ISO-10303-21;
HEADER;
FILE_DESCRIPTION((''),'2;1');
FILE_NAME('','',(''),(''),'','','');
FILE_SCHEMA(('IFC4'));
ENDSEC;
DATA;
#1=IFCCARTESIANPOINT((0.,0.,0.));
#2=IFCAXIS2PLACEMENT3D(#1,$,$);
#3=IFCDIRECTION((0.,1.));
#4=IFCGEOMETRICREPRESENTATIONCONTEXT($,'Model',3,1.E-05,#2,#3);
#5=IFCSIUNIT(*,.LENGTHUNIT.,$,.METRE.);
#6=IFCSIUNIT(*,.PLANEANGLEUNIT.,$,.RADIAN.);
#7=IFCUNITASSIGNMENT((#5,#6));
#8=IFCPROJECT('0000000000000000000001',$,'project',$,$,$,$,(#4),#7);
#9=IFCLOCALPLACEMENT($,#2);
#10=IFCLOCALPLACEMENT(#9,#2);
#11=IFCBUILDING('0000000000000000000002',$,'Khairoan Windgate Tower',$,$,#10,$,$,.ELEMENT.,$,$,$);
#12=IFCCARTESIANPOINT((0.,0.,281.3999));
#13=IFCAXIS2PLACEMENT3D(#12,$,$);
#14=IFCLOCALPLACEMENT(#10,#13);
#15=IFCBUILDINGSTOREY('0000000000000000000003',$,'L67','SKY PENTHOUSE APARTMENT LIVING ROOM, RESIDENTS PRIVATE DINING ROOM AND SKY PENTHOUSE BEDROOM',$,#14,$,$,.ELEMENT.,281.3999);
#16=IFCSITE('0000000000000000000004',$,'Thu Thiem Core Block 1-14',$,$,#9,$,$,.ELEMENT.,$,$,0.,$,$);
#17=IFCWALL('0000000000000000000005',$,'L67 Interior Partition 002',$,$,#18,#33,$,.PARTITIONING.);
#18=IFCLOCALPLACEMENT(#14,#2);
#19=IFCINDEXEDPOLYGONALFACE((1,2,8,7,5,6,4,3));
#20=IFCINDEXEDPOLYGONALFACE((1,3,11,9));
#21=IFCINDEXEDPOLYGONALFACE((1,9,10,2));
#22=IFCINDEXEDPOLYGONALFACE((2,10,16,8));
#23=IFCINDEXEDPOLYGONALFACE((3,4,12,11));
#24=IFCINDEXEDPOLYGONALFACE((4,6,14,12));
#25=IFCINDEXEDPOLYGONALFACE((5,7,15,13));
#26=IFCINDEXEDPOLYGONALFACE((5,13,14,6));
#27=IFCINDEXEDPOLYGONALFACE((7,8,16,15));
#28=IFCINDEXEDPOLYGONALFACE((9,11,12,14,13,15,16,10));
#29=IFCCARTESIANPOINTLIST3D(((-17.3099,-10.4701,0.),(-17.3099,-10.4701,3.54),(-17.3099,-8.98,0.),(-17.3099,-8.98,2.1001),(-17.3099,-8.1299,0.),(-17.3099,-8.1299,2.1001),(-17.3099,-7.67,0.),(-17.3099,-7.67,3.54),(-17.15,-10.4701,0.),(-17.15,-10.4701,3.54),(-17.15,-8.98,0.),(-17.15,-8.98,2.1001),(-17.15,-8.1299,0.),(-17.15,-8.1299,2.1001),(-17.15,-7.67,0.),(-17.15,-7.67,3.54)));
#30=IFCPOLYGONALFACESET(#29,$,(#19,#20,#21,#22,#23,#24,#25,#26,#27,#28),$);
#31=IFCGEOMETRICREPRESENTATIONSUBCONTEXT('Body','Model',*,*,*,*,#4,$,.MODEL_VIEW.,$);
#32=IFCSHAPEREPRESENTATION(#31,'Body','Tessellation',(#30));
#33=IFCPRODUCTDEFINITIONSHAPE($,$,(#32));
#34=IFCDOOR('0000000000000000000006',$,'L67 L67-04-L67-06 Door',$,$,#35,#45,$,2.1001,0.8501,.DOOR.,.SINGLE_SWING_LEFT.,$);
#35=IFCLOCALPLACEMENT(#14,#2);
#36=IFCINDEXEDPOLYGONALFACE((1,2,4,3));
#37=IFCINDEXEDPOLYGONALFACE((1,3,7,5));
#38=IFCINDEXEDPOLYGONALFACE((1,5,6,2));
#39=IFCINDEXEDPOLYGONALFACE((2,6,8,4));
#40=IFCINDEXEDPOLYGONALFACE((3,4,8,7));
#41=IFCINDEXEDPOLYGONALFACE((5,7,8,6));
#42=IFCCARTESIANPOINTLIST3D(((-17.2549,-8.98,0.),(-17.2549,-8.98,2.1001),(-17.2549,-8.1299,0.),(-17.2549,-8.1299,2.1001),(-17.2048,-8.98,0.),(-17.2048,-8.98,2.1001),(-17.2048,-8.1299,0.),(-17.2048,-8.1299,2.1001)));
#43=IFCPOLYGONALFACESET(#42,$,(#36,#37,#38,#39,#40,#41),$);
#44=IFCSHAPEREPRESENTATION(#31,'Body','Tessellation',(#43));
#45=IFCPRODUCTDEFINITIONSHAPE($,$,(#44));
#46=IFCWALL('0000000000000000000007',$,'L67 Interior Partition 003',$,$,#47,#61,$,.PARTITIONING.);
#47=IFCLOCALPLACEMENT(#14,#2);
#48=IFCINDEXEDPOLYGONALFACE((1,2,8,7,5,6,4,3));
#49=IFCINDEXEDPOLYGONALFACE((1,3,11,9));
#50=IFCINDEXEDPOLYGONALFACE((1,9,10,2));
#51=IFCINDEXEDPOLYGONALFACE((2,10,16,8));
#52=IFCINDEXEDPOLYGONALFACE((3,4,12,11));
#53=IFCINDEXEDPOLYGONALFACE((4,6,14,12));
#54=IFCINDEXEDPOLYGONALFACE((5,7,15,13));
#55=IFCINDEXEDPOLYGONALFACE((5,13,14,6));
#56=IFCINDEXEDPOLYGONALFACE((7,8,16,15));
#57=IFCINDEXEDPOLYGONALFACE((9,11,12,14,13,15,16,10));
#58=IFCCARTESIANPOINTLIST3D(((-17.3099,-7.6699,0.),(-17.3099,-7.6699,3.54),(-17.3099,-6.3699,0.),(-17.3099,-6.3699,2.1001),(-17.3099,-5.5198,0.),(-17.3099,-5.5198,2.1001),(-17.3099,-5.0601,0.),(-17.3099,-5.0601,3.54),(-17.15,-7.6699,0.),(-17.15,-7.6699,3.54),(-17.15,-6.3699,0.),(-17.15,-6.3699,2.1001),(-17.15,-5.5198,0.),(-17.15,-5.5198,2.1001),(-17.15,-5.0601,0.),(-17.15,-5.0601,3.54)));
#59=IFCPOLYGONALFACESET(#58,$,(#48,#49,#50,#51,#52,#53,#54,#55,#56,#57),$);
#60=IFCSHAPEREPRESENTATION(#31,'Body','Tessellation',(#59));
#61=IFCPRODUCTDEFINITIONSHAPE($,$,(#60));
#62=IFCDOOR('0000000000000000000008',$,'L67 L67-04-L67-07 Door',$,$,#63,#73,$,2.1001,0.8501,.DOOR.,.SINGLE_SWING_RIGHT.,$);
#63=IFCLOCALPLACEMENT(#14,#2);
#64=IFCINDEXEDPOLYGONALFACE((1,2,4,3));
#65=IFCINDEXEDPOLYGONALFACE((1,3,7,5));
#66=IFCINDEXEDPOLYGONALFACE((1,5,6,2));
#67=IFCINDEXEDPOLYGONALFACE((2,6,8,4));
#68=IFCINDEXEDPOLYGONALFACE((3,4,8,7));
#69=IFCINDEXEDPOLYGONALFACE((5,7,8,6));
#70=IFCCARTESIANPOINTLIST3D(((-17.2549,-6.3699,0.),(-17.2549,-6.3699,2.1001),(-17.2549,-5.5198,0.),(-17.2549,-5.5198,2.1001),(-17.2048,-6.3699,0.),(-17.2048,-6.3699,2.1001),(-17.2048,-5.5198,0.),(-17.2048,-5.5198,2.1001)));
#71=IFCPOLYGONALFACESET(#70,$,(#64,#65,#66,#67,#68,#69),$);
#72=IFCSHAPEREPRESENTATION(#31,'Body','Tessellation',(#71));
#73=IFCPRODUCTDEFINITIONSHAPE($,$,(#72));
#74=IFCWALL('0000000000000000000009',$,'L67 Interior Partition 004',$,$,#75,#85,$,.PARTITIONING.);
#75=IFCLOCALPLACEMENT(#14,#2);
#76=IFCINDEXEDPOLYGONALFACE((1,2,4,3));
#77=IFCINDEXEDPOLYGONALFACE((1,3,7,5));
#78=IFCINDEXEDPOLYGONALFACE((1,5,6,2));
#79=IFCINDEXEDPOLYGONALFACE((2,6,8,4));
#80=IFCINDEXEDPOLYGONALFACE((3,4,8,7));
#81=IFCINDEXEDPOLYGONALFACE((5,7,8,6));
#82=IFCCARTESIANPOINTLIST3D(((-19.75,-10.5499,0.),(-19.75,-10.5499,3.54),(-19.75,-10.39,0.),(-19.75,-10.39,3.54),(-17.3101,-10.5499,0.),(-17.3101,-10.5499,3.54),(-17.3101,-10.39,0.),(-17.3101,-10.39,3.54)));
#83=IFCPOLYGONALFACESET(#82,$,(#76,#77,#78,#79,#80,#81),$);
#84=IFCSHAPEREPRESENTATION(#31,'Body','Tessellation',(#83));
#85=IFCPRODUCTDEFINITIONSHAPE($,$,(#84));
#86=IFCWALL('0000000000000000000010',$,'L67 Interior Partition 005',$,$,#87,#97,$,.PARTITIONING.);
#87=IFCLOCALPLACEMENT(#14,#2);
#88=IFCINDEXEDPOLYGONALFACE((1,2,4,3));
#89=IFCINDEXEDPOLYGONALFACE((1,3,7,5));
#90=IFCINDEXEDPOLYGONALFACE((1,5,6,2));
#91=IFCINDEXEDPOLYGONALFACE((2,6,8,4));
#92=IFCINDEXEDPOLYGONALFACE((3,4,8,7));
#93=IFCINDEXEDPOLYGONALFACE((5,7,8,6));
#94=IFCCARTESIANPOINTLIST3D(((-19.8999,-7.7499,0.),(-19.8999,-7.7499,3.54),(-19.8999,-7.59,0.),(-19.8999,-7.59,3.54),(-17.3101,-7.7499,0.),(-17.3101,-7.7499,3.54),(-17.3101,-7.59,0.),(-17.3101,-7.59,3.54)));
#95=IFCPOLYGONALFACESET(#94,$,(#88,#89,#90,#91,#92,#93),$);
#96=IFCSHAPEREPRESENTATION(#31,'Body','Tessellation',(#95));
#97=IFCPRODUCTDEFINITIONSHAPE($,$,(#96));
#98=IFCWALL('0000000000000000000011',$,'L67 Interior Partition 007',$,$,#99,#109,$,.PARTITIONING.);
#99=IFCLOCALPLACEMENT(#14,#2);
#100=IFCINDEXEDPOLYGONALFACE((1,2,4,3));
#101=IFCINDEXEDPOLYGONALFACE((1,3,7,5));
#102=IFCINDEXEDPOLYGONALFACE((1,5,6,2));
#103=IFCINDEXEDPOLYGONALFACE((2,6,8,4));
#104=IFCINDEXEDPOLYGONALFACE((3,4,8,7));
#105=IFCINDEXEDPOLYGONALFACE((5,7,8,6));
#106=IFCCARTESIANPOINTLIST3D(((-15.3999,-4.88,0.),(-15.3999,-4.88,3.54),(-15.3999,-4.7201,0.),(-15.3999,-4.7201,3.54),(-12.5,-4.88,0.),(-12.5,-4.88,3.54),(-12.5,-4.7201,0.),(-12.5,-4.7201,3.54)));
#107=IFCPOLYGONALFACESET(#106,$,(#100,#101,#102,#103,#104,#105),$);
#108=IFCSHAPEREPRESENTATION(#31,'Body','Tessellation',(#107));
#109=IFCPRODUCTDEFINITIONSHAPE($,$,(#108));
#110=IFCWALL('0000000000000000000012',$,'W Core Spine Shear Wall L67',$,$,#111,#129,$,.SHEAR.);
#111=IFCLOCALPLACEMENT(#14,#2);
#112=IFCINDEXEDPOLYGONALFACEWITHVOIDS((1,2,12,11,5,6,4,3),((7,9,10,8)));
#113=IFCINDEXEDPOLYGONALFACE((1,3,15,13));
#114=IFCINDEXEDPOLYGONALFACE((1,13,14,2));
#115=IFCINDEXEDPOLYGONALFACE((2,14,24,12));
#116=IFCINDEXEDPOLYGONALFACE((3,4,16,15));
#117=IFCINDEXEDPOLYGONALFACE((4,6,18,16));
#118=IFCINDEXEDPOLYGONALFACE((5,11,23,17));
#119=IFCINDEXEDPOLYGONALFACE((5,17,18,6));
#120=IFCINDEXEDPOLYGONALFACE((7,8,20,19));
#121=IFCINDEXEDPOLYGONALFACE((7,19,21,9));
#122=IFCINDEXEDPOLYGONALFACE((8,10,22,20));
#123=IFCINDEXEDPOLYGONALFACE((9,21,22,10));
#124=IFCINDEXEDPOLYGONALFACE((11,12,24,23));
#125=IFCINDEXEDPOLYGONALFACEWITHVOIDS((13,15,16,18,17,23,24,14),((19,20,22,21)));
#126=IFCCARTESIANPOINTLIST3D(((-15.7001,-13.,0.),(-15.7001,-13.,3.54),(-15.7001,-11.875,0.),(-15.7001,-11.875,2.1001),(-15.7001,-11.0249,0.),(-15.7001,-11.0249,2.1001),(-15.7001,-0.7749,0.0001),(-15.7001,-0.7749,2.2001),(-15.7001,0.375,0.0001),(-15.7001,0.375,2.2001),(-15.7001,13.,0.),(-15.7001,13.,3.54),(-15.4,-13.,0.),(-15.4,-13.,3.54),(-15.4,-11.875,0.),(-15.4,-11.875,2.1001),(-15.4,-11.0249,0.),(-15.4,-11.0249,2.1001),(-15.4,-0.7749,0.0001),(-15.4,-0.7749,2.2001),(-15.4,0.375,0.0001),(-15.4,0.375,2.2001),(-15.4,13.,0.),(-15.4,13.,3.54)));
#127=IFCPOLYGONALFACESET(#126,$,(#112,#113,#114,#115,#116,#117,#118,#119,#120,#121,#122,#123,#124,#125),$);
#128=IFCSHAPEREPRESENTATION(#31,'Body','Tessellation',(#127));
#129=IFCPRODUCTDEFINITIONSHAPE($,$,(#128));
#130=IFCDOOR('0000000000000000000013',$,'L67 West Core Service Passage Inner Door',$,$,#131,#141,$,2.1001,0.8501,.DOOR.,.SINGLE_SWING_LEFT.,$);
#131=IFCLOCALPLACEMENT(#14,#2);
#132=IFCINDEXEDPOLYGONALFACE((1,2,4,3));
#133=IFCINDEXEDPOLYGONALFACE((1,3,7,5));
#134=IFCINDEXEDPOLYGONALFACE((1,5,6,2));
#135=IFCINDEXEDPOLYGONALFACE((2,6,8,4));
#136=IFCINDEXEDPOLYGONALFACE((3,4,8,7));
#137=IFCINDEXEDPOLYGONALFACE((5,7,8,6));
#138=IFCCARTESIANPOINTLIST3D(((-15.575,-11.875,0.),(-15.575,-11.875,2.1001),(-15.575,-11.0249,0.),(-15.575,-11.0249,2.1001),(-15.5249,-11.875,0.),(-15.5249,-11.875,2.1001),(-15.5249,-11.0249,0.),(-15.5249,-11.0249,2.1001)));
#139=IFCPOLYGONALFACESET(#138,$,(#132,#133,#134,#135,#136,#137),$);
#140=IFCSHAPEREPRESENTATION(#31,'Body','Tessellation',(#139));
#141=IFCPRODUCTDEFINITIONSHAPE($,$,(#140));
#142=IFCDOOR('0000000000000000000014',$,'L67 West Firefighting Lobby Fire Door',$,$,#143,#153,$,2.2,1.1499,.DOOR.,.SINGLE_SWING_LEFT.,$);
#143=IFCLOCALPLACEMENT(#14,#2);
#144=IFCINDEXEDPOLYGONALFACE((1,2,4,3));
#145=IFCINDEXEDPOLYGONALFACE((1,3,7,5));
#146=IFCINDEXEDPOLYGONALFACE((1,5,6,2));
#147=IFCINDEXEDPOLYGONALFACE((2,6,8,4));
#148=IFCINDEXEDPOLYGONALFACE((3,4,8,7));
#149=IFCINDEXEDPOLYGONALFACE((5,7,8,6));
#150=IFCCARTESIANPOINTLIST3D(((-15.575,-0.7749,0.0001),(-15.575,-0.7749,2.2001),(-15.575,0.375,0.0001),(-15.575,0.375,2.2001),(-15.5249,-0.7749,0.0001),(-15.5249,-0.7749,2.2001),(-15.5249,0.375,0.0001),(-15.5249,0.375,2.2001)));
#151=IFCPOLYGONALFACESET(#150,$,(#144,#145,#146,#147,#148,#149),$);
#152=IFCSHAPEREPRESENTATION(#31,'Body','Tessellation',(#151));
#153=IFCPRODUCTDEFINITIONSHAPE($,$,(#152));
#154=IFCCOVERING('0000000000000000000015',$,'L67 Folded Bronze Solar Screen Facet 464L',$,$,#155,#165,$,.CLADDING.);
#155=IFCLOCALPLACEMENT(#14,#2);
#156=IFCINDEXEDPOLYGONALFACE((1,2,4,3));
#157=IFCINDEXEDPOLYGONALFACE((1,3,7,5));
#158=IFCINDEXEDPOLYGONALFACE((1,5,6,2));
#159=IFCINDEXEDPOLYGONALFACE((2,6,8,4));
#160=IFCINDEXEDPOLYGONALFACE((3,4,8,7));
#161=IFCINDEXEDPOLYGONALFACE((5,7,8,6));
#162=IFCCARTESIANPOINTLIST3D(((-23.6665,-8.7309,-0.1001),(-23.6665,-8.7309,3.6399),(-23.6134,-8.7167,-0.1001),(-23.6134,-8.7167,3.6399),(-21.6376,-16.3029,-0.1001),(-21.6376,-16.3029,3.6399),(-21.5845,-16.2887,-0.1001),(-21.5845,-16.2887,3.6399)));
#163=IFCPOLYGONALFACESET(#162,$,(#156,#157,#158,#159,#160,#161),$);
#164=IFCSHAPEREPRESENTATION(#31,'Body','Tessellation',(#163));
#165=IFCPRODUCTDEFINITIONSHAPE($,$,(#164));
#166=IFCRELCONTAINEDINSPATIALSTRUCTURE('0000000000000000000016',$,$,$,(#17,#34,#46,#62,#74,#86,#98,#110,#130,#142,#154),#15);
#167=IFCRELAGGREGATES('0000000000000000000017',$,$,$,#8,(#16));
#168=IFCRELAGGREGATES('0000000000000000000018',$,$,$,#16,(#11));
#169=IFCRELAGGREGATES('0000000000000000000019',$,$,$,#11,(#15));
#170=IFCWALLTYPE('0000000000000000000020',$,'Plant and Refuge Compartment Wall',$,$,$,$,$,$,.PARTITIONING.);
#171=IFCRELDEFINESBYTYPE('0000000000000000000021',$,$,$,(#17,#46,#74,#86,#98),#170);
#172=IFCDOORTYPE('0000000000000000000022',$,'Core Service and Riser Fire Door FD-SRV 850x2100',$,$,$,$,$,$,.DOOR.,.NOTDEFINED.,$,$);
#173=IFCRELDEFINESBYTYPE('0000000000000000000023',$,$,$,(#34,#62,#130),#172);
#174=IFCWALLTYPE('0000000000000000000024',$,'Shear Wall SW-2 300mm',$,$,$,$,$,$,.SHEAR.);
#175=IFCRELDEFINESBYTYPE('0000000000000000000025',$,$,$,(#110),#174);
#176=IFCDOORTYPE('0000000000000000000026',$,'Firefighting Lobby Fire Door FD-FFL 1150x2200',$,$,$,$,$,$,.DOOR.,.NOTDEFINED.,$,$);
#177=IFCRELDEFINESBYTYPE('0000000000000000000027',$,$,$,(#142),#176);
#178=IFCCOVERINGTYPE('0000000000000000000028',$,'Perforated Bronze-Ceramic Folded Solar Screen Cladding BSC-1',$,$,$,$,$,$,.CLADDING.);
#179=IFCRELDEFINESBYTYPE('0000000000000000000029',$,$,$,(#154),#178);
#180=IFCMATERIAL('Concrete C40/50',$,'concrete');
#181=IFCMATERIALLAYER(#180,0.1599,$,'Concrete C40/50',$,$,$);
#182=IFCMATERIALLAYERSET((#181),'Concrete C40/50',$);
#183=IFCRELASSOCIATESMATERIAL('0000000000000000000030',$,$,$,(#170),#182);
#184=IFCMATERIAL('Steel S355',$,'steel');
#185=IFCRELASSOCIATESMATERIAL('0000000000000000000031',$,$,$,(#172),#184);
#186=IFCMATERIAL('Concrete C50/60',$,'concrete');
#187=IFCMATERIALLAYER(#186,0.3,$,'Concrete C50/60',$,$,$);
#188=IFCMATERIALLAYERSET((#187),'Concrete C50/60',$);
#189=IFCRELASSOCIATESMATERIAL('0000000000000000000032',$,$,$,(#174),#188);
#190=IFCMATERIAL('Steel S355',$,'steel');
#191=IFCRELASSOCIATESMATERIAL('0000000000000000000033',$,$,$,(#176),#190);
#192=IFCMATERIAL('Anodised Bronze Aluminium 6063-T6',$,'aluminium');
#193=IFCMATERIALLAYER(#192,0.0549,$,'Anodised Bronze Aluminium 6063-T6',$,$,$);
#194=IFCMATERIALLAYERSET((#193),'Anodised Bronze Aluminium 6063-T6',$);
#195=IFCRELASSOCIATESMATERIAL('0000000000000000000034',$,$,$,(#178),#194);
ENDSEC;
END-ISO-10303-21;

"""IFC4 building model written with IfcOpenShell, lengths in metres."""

from ifc_helpers import new_model, si_unit, direction, frame, frame_2d, origin, origin_2d, place, context, subcontext, project, spatial, rectangle, extrude, material, layer, layer_set, type_object, element, fill, save


model = new_model("IFC4")

# Units and contexts
model_context = context("Model", 3, precision=1e-05, world=origin(), true_north=direction((0.0, 1.0)))
body_context = subcontext(model_context, "Body", "Model", "MODEL_VIEW")
ifc_project = project(units=[si_unit("LENGTHUNIT", "METRE"), si_unit("PLANEANGLEUNIT", "RADIAN")], contexts=[model_context])

# Site, building, storey
site_placement = place(None, origin())
site = spatial("IfcSite", under=ifc_project, at=site_placement, Name="Thu Thiem Core Block 1-14", CompositionType="ELEMENT", RefElevation=0.0)
building_placement = place(site_placement, origin())
building = spatial("IfcBuilding", under=site, at=building_placement, Name="Khairoan Windgate Tower", CompositionType="ELEMENT")
storey_placement = place(building_placement, frame((0.0, 0.0, 281.3999)))
storey = spatial("IfcBuildingStorey", under=building, at=storey_placement, Name="L67", Description="SKY PENTHOUSE APARTMENT LIVING ROOM, RESIDENTS PRIVATE DINING ROOM AND SKY PENTHOUSE BEDROOM", CompositionType="ELEMENT", Elevation=281.3999)

# Walls, openings, doors
ifc_material_1 = material(Name="Concrete C40/50", Category="concrete")
ifc_layer_1 = layer(ifc_material_1, 0.1599, Name="Concrete C40/50")
ifc_layer_set_1 = layer_set([ifc_layer_1], Name="Concrete C40/50")
wall_type_1 = type_object("IfcWallType", Name="Plant and Refuge Compartment Wall", PredefinedType="PARTITIONING", material=ifc_layer_set_1)
ifc_material_2 = material(Name="Steel S355", Category="steel")
door_type_1 = type_object("IfcDoorType", Name="Core Service and Riser Fire Door FD-SRV 850x2100", OperationType="NOTDEFINED", PredefinedType="DOOR", material=ifc_material_2)
wall_1_placement = place(storey_placement, frame((-17.23, -10.47, 0.0), z_axis=(0.0, 0.0, 1.0), x_axis=(0.0, 1.0, 0.0)))
wall_1 = element("IfcWall", 1, at=wall_1_placement, inside=storey, type_object=wall_type_1, Name="L67 Interior Partition 002", PredefinedType="PARTITIONING", context=body_context, shape_type="SweptSolid", body=[
    extrude(rectangle(XDim=2.8, YDim=0.1599, at=frame_2d((1.3999, 0.0))), origin(), (0.0, 0.0, 1.0), 3.54),
])
opening_1_placement = place(wall_1_placement, frame((1.49, 0.0, 0.0)))
opening_1 = element("IfcOpeningElement", 2, at=opening_1_placement, cuts=wall_1, PredefinedType="OPENING", context=body_context, shape_type="SweptSolid", body=[
    extrude(rectangle(XDim=0.8501, YDim=2.1001, at=frame_2d((0.425, 1.05))), frame((0.0, 0.0898, 0.0), z_axis=(0.0, -1.0, 0.0), x_axis=(1.0, 0.0, 0.0)), (0.0, 0.0, 1.0), 0.1799),
])
door_1_placement = place(opening_1_placement, origin())
door_1 = element("IfcDoor", 3, at=door_1_placement, inside=storey, type_object=door_type_1, Name="L67 L67-04-L67-06 Door", OperationType="SINGLE_SWING_LEFT", OverallHeight=2.1001, OverallWidth=0.8501, PredefinedType="DOOR", context=body_context, shape_type="SweptSolid", body=[
    extrude(rectangle(XDim=0.8501, YDim=2.1001, at=frame_2d((0.425, 1.05))), frame((0.0, 0.0249, 0.0), z_axis=(0.0, -1.0, 0.0), x_axis=(1.0, 0.0, 0.0)), (0.0, 0.0, 1.0), 0.05),
])
fill(opening_1, door_1)
wall_2_placement = place(storey_placement, frame((-17.23, -7.6699, 0.0), z_axis=(0.0, 0.0, 1.0), x_axis=(0.0, 1.0, 0.0)))
wall_2 = element("IfcWall", 4, at=wall_2_placement, inside=storey, type_object=wall_type_1, Name="L67 Interior Partition 003", PredefinedType="PARTITIONING", context=body_context, shape_type="SweptSolid", body=[
    extrude(rectangle(XDim=2.6099, YDim=0.1599, at=frame_2d((1.3049, 0.0))), origin(), (0.0, 0.0, 1.0), 3.54),
])
opening_2_placement = place(wall_2_placement, frame((1.3, 0.0, 0.0)))
opening_2 = element("IfcOpeningElement", 5, at=opening_2_placement, cuts=wall_2, PredefinedType="OPENING", context=body_context, shape_type="SweptSolid", body=[
    extrude(rectangle(XDim=0.8501, YDim=2.1001, at=frame_2d((0.425, 1.05))), frame((0.0, 0.0898, 0.0), z_axis=(0.0, -1.0, 0.0), x_axis=(1.0, 0.0, 0.0)), (0.0, 0.0, 1.0), 0.1799),
])
door_2_placement = place(opening_2_placement, origin())
door_2 = element("IfcDoor", 6, at=door_2_placement, inside=storey, type_object=door_type_1, Name="L67 L67-04-L67-07 Door", OperationType="SINGLE_SWING_RIGHT", OverallHeight=2.1001, OverallWidth=0.8501, PredefinedType="DOOR", context=body_context, shape_type="SweptSolid", body=[
    extrude(rectangle(XDim=0.8501, YDim=2.1001, at=frame_2d((0.425, 1.05))), frame((0.0, 0.0249, 0.0), z_axis=(0.0, -1.0, 0.0), x_axis=(1.0, 0.0, 0.0)), (0.0, 0.0, 1.0), 0.05),
])
fill(opening_2, door_2)

# Walls
wall_3_placement = place(storey_placement, frame((-19.75, -10.47, 0.0), z_axis=(0.0, 0.0, 1.0), x_axis=(1.0, 0.0, 0.0)))
element("IfcWall", 7, at=wall_3_placement, inside=storey, type_object=wall_type_1, Name="L67 Interior Partition 004", PredefinedType="PARTITIONING", context=body_context, shape_type="SweptSolid", body=[
    extrude(rectangle(XDim=2.4399, YDim=0.1599, at=frame_2d((1.22, 0.0))), origin(), (0.0, 0.0, 1.0), 3.54),
])
wall_4_placement = place(storey_placement, frame((-19.8999, -7.6699, 0.0), z_axis=(0.0, 0.0, 1.0), x_axis=(1.0, 0.0, 0.0)))
element("IfcWall", 8, at=wall_4_placement, inside=storey, type_object=wall_type_1, Name="L67 Interior Partition 005", PredefinedType="PARTITIONING", context=body_context, shape_type="SweptSolid", body=[
    extrude(rectangle(XDim=2.5898, YDim=0.1599, at=frame_2d((1.2949, 0.0))), origin(), (0.0, 0.0, 1.0), 3.54),
])
wall_5_placement = place(storey_placement, frame((-15.3999, -4.8, 0.0), z_axis=(0.0, 0.0, 1.0), x_axis=(1.0, 0.0, 0.0)))
element("IfcWall", 9, at=wall_5_placement, inside=storey, type_object=wall_type_1, Name="L67 Interior Partition 007", PredefinedType="PARTITIONING", context=body_context, shape_type="SweptSolid", body=[
    extrude(rectangle(XDim=2.8999, YDim=0.1599, at=frame_2d((1.45, 0.0))), origin(), (0.0, 0.0, 1.0), 3.54),
])

# Wall, openings, doors
ifc_material_3 = material(Name="Concrete C50/60", Category="concrete")
ifc_layer_2 = layer(ifc_material_3, 0.3, Name="Concrete C50/60")
ifc_layer_set_2 = layer_set([ifc_layer_2], Name="Concrete C50/60")
wall_type_2 = type_object("IfcWallType", Name="Shear Wall SW-2 300mm", PredefinedType="SHEAR", material=ifc_layer_set_2)
wall_6_placement = place(storey_placement, frame((-15.55, -13.0, 0.0), z_axis=(0.0, 0.0, 1.0), x_axis=(0.0, 1.0, 0.0)))
wall_6 = element("IfcWall", 10, at=wall_6_placement, inside=storey, type_object=wall_type_2, Name="W Core Spine Shear Wall L67", PredefinedType="SHEAR", context=body_context, shape_type="SweptSolid", body=[
    extrude(rectangle(XDim=26.0, YDim=0.3, at=frame_2d((13.0, 0.0))), origin(), (0.0, 0.0, 1.0), 3.54),
])
opening_3_placement = place(wall_6_placement, frame((12.2251, 0.0, 0.0)))
opening_3 = element("IfcOpeningElement", 11, at=opening_3_placement, cuts=wall_6, PredefinedType="OPENING", context=body_context, shape_type="SweptSolid", body=[
    extrude(rectangle(XDim=1.1499, YDim=2.2, at=frame_2d((0.575, 1.1001))), frame((0.0, 0.1599, 0.0), z_axis=(0.0, -1.0, 0.0), x_axis=(1.0, 0.0, 0.0)), (0.0, 0.0, 1.0), 0.3201),
])
opening_4_placement = place(wall_6_placement, frame((1.125, 0.0, 0.0)))
opening_4 = element("IfcOpeningElement", 12, at=opening_4_placement, cuts=wall_6, PredefinedType="OPENING", context=body_context, shape_type="SweptSolid", body=[
    extrude(rectangle(XDim=0.8501, YDim=2.1001, at=frame_2d((0.425, 1.05))), frame((0.0, 0.1599, 0.0), z_axis=(0.0, -1.0, 0.0), x_axis=(1.0, 0.0, 0.0)), (0.0, 0.0, 1.0), 0.3201),
])
door_3_placement = place(opening_4_placement, origin())
door_3 = element("IfcDoor", 13, at=door_3_placement, inside=storey, type_object=door_type_1, Name="L67 West Core Service Passage Inner Door", OperationType="SINGLE_SWING_LEFT", OverallHeight=2.1001, OverallWidth=0.8501, PredefinedType="DOOR", context=body_context, shape_type="SweptSolid", body=[
    extrude(rectangle(XDim=0.8501, YDim=2.1001, at=frame_2d((0.425, 1.05))), frame((0.0, 0.0249, 0.0), z_axis=(0.0, -1.0, 0.0), x_axis=(1.0, 0.0, 0.0)), (0.0, 0.0, 1.0), 0.05),
])
fill(opening_4, door_3)
ifc_material_4 = material(Name="Steel S355", Category="steel")
door_type_2 = type_object("IfcDoorType", Name="Firefighting Lobby Fire Door FD-FFL 1150x2200", OperationType="NOTDEFINED", PredefinedType="DOOR", material=ifc_material_4)
door_4_placement = place(opening_3_placement, origin())
door_4 = element("IfcDoor", 14, at=door_4_placement, inside=storey, type_object=door_type_2, Name="L67 West Firefighting Lobby Fire Door", OperationType="SINGLE_SWING_LEFT", OverallHeight=2.2, OverallWidth=1.1499, PredefinedType="DOOR", context=body_context, shape_type="SweptSolid", body=[
    extrude(rectangle(XDim=1.1499, YDim=2.2, at=frame_2d((0.575, 1.1001))), frame((0.0, 0.0249, 0.0), z_axis=(0.0, -1.0, 0.0), x_axis=(1.0, 0.0, 0.0)), (0.0, 0.0, 1.0), 0.05),
])
fill(opening_3, door_4)

# Covering
ifc_material_5 = material(Name="Anodised Bronze Aluminium 6063-T6", Category="aluminium")
ifc_layer_3 = layer(ifc_material_5, 0.0549, Name="Anodised Bronze Aluminium 6063-T6")
ifc_layer_set_3 = layer_set([ifc_layer_3], Name="Anodised Bronze Aluminium 6063-T6")
covering_type = type_object("IfcCoveringType", Name="Perforated Bronze-Ceramic Folded Solar Screen Cladding BSC-1", PredefinedType="CLADDING", material=ifc_layer_set_3)
covering_placement = place(storey_placement, frame((-22.6255, -12.5098, -0.1001), z_axis=(0.0, 0.0, 1.0), x_axis=(-0.258819, 0.965926, 0.0)))
element("IfcCovering", 15, at=covering_placement, inside=storey, type_object=covering_type, Name="L67 Folded Bronze Solar Screen Facet 464L", PredefinedType="CLADDING", context=body_context, shape_type="SweptSolid", body=[
    extrude(rectangle(XDim=7.8391, YDim=0.0549, at=origin_2d()), origin(), (0.0, 0.0, 1.0), 3.74),
])

save(model, "model.ifc")
